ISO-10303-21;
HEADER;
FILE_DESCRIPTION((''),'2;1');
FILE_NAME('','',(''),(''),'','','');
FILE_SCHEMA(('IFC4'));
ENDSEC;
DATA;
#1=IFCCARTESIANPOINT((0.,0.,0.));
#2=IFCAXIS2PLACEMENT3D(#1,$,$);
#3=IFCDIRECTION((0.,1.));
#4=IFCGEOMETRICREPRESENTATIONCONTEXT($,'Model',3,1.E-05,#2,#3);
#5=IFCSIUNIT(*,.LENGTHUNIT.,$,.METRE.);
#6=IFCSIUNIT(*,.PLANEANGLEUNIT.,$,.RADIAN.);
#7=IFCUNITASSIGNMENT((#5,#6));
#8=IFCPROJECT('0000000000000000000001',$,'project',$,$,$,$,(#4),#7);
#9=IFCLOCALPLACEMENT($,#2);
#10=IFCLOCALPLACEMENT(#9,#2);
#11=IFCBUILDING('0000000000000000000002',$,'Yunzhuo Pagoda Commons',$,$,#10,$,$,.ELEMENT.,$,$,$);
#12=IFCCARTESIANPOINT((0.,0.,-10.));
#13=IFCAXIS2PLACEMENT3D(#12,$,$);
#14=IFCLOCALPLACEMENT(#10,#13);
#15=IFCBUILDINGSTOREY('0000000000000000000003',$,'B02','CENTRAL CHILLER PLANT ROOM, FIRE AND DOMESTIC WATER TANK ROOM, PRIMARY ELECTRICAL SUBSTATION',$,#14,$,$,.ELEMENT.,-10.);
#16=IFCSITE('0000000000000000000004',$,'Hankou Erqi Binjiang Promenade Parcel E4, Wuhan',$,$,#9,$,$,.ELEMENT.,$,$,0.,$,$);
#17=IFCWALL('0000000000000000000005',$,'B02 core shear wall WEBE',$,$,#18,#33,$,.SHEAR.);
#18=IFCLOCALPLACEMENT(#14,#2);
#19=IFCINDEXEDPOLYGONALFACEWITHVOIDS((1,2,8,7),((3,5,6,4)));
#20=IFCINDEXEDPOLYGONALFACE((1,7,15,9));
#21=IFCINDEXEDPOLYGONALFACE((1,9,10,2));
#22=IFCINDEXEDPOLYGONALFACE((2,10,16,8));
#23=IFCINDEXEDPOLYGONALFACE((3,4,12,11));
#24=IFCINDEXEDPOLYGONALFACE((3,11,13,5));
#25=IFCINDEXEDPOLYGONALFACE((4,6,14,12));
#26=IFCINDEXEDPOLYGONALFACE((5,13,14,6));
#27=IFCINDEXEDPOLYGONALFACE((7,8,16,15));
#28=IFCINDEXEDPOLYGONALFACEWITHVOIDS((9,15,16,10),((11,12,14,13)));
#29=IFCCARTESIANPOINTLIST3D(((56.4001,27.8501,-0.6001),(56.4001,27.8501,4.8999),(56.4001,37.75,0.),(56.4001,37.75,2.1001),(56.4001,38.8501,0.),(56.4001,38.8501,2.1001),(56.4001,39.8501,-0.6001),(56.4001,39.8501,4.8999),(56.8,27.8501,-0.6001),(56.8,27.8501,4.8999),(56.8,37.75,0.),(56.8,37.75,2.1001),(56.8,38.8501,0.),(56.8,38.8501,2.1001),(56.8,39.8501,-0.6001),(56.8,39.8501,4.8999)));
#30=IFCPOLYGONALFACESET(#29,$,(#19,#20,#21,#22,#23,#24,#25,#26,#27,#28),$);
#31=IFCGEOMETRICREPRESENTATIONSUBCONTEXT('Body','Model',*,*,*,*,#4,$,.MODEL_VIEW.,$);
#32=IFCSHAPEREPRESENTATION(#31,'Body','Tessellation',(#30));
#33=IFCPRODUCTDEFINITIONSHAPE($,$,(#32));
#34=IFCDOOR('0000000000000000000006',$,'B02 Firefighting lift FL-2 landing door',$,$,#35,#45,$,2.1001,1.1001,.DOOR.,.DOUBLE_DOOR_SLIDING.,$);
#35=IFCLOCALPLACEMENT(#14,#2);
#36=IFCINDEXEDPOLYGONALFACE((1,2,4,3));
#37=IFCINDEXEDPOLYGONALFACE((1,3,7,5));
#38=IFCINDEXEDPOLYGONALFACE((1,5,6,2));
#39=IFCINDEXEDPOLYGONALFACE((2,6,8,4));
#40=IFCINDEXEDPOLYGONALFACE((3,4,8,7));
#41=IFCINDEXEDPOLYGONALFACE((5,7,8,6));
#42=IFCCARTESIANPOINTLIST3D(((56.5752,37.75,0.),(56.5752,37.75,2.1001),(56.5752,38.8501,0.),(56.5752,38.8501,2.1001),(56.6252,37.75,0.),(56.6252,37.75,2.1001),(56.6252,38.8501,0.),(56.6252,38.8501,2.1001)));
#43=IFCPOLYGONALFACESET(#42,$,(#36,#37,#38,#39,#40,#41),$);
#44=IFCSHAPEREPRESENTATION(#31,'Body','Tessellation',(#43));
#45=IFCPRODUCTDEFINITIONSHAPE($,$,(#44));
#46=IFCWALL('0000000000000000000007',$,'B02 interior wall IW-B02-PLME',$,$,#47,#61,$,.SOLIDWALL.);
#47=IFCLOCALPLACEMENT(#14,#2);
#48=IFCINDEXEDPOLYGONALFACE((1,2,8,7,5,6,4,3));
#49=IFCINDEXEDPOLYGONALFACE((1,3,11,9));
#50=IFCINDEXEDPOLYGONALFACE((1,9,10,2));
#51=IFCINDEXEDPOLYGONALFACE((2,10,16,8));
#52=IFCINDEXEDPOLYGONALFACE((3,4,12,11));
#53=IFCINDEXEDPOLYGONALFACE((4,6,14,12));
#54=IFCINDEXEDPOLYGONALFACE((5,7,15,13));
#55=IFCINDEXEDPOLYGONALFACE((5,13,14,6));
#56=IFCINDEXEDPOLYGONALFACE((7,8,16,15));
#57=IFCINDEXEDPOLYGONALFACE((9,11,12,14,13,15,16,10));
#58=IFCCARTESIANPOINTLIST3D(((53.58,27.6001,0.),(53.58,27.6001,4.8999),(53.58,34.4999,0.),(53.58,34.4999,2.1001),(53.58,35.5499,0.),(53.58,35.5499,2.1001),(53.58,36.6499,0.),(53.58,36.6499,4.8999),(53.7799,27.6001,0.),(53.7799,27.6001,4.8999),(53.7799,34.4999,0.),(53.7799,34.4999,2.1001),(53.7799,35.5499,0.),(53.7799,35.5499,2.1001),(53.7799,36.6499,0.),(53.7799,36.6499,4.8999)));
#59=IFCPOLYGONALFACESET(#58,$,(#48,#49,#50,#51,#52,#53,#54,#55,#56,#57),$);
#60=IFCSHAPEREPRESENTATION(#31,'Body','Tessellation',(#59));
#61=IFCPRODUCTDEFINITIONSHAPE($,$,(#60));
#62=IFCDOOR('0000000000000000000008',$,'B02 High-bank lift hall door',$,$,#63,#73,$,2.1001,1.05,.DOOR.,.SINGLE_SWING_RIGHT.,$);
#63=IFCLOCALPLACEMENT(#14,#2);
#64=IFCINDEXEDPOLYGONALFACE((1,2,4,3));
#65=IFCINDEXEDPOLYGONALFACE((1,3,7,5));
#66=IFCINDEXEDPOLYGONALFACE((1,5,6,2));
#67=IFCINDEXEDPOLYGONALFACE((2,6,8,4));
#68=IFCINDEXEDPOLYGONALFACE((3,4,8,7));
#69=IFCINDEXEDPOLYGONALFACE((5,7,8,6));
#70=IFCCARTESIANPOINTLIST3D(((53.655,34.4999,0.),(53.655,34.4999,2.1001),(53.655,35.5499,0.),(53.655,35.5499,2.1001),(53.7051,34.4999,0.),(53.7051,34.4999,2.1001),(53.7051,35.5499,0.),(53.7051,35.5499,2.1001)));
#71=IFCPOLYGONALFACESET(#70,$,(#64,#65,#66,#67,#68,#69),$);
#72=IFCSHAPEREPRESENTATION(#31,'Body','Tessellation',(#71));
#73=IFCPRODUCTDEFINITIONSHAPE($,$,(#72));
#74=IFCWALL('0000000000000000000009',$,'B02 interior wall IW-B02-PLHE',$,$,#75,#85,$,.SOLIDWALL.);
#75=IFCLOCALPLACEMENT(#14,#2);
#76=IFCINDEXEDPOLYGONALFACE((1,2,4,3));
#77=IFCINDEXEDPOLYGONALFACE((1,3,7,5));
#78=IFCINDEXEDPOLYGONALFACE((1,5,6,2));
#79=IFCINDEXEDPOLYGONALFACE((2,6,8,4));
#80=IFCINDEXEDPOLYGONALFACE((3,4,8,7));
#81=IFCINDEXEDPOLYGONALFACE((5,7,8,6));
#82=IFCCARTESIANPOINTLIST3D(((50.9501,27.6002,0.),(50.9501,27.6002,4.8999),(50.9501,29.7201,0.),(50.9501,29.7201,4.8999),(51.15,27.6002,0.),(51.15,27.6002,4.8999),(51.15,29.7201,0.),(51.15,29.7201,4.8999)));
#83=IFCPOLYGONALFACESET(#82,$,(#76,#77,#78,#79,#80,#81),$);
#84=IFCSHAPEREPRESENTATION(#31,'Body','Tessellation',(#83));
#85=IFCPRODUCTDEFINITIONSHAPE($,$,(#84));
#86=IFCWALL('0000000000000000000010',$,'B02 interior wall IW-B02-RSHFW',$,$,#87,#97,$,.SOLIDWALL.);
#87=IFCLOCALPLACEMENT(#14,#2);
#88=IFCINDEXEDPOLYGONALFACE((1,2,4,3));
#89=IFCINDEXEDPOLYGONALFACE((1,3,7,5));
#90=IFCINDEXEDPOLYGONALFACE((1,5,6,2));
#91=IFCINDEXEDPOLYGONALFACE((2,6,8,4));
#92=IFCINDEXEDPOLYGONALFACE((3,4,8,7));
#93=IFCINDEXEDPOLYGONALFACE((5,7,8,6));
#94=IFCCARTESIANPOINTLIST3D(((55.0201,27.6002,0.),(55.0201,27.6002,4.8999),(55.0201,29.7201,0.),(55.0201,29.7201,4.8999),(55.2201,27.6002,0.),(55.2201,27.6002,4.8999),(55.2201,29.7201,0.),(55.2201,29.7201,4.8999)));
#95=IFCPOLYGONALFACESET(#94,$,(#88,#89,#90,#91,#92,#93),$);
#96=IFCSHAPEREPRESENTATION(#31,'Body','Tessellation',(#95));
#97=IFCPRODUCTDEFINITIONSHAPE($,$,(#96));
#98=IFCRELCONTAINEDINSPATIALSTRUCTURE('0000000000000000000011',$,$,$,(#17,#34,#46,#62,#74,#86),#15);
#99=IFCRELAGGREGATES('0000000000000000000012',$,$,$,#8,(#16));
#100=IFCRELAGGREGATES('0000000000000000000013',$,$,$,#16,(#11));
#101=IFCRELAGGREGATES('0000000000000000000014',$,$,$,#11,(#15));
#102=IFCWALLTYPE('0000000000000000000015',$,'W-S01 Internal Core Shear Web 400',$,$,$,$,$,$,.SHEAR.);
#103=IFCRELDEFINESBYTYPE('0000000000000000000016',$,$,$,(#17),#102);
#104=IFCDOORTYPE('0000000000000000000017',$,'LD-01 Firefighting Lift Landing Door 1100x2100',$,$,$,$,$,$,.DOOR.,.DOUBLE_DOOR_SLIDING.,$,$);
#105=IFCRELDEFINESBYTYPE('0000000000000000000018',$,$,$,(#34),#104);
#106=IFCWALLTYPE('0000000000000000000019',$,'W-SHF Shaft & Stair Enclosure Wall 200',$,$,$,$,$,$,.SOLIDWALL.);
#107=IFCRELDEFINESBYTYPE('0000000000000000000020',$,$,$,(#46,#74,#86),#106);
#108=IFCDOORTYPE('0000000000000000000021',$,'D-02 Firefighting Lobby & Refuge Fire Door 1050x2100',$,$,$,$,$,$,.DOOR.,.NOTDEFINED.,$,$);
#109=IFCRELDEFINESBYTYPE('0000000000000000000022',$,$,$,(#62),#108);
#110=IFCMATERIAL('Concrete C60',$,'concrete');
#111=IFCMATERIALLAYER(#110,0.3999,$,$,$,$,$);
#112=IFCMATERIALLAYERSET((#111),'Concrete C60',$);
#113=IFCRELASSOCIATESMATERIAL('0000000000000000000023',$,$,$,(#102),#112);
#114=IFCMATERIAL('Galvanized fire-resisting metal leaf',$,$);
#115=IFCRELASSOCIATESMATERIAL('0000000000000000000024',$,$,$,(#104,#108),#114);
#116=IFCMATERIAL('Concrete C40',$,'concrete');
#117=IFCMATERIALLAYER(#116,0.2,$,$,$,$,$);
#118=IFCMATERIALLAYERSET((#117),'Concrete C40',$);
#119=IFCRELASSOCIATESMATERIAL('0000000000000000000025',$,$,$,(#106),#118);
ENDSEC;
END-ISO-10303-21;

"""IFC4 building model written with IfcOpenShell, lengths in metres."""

from ifc_helpers import new_model, si_unit, direction, frame, frame_2d, origin, origin_with_axes, place, context, subcontext, project, spatial, rectangle, extrude, source, transform, mapped, material, layer, layer_set, type_object, element, fill, save


model = new_model("IFC4")

# Units and contexts
model_context = context("Model", 3, precision=1e-05, world=origin(), true_north=direction((0.0, 1.0)))
body_context = subcontext(model_context, "Body", "Model", "MODEL_VIEW")
ifc_project = project(units=[si_unit("LENGTHUNIT", "METRE"), si_unit("PLANEANGLEUNIT", "RADIAN")], contexts=[model_context])

# Site, building, storey
site_placement = place(None, origin())
site = spatial("IfcSite", under=ifc_project, at=site_placement, Name="Hankou Erqi Binjiang Promenade Parcel E4, Wuhan", CompositionType="ELEMENT", RefElevation=0.0)
building_placement = place(site_placement, origin())
building = spatial("IfcBuilding", under=site, at=building_placement, Name="Yunzhuo Pagoda Commons", CompositionType="ELEMENT")
storey_placement = place(building_placement, frame((0.0, 0.0, -10.0)))
storey = spatial("IfcBuildingStorey", under=building, at=storey_placement, Name="B02", Description="CENTRAL CHILLER PLANT ROOM, FIRE AND DOMESTIC WATER TANK ROOM, PRIMARY ELECTRICAL SUBSTATION", CompositionType="ELEMENT", Elevation=-10.0)

# Walls, openings, doors
ifc_material_1 = material(Name="Concrete C60", Category="concrete")
ifc_layer_1 = layer(ifc_material_1, 0.3999)
ifc_layer_set_1 = layer_set([ifc_layer_1], Name="Concrete C60")
wall_type_1 = type_object("IfcWallType", Name="W-S01 Internal Core Shear Web 400", PredefinedType="SHEAR", material=ifc_layer_set_1)
wall_1_placement = place(storey_placement, frame((56.6001, 27.8501, -0.6001), z_axis=(0.0, 0.0, 1.0), x_axis=(0.0, 1.0, 0.0)))
wall_1 = element("IfcWall", 1, at=wall_1_placement, inside=storey, type_object=wall_type_1, Name="B02 core shear wall WEBE", PredefinedType="SHEAR", context=body_context, shape_type="SweptSolid", body=[
    extrude(rectangle(XDim=12.0, YDim=0.3999, at=frame_2d((6.0, 0.0))), origin(), (0.0, 0.0, 1.0), 5.5),
])
opening_1_placement = place(wall_1_placement, frame((9.8999, 0.0, 0.6001)))
opening_1 = element("IfcOpeningElement", 2, at=opening_1_placement, cuts=wall_1, PredefinedType="OPENING", context=body_context, shape_type="SweptSolid", body=[
    extrude(rectangle(XDim=1.1001, YDim=2.1001, at=frame_2d((0.55, 1.05))), frame((0.0, 0.21, 0.0), z_axis=(0.0, -1.0, 0.0), x_axis=(1.0, 0.0, 0.0)), (0.0, 0.0, 1.0), 0.4199),
])
ifc_material_2 = material(Name="Galvanized fire-resisting metal leaf")
door_type_1 = type_object("IfcDoorType", Name="LD-01 Firefighting Lift Landing Door 1100x2100", OperationType="DOUBLE_DOOR_SLIDING", PredefinedType="DOOR", material=ifc_material_2)
shared_shape_1 = source(origin(), body_context, "Body", "SweptSolid", [
    extrude(rectangle(XDim=1.1001, YDim=2.1001, at=frame_2d((0.55, 1.05))), frame((0.0, 0.0249, 0.0), z_axis=(0.0, -1.0, 0.0), x_axis=(1.0, 0.0, 0.0)), (0.0, 0.0, 1.0), 0.05),
])
door_1_placement = place(opening_1_placement, origin_with_axes())
door_1 = element("IfcDoor", 3, at=door_1_placement, inside=storey, type_object=door_type_1, Name="B02 Firefighting lift FL-2 landing door", OperationType="DOUBLE_DOOR_SLIDING", OverallHeight=2.1001, OverallWidth=1.1001, PredefinedType="DOOR", context=body_context, shape_type="MappedRepresentation", body=[
    mapped(shared_shape_1, transform((0.0, 0.0, 0.0), scale=1.0)),
])
fill(opening_1, door_1)
ifc_material_3 = material(Name="Concrete C40", Category="concrete")
ifc_layer_2 = layer(ifc_material_3, 0.2)
ifc_layer_set_2 = layer_set([ifc_layer_2], Name="Concrete C40")
wall_type_2 = type_object("IfcWallType", Name="W-SHF Shaft & Stair Enclosure Wall 200", PredefinedType="SOLIDWALL", material=ifc_layer_set_2)
wall_2_placement = place(storey_placement, frame((53.6799, 27.6001, 0.0), z_axis=(0.0, 0.0, 1.0), x_axis=(0.0, 1.0, 0.0)))
wall_2 = element("IfcWall", 4, at=wall_2_placement, inside=storey, type_object=wall_type_2, Name="B02 interior wall IW-B02-PLME", PredefinedType="SOLIDWALL", context=body_context, shape_type="SweptSolid", body=[
    extrude(rectangle(XDim=9.0498, YDim=0.2, at=frame_2d((4.5249, 0.0))), origin(), (0.0, 0.0, 1.0), 4.8999),
])
opening_2_placement = place(wall_2_placement, frame((6.8999, 0.0, 0.0)))
opening_2 = element("IfcOpeningElement", 5, at=opening_2_placement, cuts=wall_2, PredefinedType="OPENING", context=body_context, shape_type="SweptSolid", body=[
    extrude(rectangle(XDim=1.05, YDim=2.1001, at=frame_2d((0.5249, 1.05))), frame((0.0, 0.1099, 0.0), z_axis=(0.0, -1.0, 0.0), x_axis=(1.0, 0.0, 0.0)), (0.0, 0.0, 1.0), 0.22),
])
door_type_2 = type_object("IfcDoorType", Name="D-02 Firefighting Lobby & Refuge Fire Door 1050x2100", OperationType="NOTDEFINED", PredefinedType="DOOR", material=ifc_material_2)
shared_shape_2 = source(origin(), body_context, "Body", "SweptSolid", [
    extrude(rectangle(XDim=1.05, YDim=2.1001, at=frame_2d((0.5249, 1.05))), frame((0.0, 0.0249, 0.0), z_axis=(0.0, -1.0, 0.0), x_axis=(1.0, 0.0, 0.0)), (0.0, 0.0, 1.0), 0.05),
])
door_2_placement = place(opening_2_placement, origin_with_axes())
door_2 = element("IfcDoor", 6, at=door_2_placement, inside=storey, type_object=door_type_2, Name="B02 High-bank lift hall door", OperationType="SINGLE_SWING_RIGHT", OverallHeight=2.1001, OverallWidth=1.05, PredefinedType="DOOR", context=body_context, shape_type="MappedRepresentation", body=[
    mapped(shared_shape_2, transform((0.0, 0.0, 0.0), scale=1.0)),
])
fill(opening_2, door_2)

# Walls
for number, where, z_axis, x_axis, name in (
    (7, (51.05, 27.6001, 0.0), (0.0, 0.0, 1.0), (0.0, 1.0, 0.0), "B02 interior wall IW-B02-PLHE"),
    (8, (55.1201, 27.6001, 0.0), (0.0, 0.0, 1.0), (0.0, 1.0, 0.0), "B02 interior wall IW-B02-RSHFW"),
):
    element("IfcWall", number, at=place(storey_placement, frame(where, z_axis=z_axis, x_axis=x_axis)), inside=storey, type_object=wall_type_2, Name=name, PredefinedType="SOLIDWALL", context=body_context, shape_type="SweptSolid", body=[
        extrude(rectangle(XDim=2.1199, YDim=0.2, at=frame_2d((1.0601, 0.0))), origin(), (0.0, 0.0, 1.0), 4.8999),
    ])

save(model, "model.ifc")
